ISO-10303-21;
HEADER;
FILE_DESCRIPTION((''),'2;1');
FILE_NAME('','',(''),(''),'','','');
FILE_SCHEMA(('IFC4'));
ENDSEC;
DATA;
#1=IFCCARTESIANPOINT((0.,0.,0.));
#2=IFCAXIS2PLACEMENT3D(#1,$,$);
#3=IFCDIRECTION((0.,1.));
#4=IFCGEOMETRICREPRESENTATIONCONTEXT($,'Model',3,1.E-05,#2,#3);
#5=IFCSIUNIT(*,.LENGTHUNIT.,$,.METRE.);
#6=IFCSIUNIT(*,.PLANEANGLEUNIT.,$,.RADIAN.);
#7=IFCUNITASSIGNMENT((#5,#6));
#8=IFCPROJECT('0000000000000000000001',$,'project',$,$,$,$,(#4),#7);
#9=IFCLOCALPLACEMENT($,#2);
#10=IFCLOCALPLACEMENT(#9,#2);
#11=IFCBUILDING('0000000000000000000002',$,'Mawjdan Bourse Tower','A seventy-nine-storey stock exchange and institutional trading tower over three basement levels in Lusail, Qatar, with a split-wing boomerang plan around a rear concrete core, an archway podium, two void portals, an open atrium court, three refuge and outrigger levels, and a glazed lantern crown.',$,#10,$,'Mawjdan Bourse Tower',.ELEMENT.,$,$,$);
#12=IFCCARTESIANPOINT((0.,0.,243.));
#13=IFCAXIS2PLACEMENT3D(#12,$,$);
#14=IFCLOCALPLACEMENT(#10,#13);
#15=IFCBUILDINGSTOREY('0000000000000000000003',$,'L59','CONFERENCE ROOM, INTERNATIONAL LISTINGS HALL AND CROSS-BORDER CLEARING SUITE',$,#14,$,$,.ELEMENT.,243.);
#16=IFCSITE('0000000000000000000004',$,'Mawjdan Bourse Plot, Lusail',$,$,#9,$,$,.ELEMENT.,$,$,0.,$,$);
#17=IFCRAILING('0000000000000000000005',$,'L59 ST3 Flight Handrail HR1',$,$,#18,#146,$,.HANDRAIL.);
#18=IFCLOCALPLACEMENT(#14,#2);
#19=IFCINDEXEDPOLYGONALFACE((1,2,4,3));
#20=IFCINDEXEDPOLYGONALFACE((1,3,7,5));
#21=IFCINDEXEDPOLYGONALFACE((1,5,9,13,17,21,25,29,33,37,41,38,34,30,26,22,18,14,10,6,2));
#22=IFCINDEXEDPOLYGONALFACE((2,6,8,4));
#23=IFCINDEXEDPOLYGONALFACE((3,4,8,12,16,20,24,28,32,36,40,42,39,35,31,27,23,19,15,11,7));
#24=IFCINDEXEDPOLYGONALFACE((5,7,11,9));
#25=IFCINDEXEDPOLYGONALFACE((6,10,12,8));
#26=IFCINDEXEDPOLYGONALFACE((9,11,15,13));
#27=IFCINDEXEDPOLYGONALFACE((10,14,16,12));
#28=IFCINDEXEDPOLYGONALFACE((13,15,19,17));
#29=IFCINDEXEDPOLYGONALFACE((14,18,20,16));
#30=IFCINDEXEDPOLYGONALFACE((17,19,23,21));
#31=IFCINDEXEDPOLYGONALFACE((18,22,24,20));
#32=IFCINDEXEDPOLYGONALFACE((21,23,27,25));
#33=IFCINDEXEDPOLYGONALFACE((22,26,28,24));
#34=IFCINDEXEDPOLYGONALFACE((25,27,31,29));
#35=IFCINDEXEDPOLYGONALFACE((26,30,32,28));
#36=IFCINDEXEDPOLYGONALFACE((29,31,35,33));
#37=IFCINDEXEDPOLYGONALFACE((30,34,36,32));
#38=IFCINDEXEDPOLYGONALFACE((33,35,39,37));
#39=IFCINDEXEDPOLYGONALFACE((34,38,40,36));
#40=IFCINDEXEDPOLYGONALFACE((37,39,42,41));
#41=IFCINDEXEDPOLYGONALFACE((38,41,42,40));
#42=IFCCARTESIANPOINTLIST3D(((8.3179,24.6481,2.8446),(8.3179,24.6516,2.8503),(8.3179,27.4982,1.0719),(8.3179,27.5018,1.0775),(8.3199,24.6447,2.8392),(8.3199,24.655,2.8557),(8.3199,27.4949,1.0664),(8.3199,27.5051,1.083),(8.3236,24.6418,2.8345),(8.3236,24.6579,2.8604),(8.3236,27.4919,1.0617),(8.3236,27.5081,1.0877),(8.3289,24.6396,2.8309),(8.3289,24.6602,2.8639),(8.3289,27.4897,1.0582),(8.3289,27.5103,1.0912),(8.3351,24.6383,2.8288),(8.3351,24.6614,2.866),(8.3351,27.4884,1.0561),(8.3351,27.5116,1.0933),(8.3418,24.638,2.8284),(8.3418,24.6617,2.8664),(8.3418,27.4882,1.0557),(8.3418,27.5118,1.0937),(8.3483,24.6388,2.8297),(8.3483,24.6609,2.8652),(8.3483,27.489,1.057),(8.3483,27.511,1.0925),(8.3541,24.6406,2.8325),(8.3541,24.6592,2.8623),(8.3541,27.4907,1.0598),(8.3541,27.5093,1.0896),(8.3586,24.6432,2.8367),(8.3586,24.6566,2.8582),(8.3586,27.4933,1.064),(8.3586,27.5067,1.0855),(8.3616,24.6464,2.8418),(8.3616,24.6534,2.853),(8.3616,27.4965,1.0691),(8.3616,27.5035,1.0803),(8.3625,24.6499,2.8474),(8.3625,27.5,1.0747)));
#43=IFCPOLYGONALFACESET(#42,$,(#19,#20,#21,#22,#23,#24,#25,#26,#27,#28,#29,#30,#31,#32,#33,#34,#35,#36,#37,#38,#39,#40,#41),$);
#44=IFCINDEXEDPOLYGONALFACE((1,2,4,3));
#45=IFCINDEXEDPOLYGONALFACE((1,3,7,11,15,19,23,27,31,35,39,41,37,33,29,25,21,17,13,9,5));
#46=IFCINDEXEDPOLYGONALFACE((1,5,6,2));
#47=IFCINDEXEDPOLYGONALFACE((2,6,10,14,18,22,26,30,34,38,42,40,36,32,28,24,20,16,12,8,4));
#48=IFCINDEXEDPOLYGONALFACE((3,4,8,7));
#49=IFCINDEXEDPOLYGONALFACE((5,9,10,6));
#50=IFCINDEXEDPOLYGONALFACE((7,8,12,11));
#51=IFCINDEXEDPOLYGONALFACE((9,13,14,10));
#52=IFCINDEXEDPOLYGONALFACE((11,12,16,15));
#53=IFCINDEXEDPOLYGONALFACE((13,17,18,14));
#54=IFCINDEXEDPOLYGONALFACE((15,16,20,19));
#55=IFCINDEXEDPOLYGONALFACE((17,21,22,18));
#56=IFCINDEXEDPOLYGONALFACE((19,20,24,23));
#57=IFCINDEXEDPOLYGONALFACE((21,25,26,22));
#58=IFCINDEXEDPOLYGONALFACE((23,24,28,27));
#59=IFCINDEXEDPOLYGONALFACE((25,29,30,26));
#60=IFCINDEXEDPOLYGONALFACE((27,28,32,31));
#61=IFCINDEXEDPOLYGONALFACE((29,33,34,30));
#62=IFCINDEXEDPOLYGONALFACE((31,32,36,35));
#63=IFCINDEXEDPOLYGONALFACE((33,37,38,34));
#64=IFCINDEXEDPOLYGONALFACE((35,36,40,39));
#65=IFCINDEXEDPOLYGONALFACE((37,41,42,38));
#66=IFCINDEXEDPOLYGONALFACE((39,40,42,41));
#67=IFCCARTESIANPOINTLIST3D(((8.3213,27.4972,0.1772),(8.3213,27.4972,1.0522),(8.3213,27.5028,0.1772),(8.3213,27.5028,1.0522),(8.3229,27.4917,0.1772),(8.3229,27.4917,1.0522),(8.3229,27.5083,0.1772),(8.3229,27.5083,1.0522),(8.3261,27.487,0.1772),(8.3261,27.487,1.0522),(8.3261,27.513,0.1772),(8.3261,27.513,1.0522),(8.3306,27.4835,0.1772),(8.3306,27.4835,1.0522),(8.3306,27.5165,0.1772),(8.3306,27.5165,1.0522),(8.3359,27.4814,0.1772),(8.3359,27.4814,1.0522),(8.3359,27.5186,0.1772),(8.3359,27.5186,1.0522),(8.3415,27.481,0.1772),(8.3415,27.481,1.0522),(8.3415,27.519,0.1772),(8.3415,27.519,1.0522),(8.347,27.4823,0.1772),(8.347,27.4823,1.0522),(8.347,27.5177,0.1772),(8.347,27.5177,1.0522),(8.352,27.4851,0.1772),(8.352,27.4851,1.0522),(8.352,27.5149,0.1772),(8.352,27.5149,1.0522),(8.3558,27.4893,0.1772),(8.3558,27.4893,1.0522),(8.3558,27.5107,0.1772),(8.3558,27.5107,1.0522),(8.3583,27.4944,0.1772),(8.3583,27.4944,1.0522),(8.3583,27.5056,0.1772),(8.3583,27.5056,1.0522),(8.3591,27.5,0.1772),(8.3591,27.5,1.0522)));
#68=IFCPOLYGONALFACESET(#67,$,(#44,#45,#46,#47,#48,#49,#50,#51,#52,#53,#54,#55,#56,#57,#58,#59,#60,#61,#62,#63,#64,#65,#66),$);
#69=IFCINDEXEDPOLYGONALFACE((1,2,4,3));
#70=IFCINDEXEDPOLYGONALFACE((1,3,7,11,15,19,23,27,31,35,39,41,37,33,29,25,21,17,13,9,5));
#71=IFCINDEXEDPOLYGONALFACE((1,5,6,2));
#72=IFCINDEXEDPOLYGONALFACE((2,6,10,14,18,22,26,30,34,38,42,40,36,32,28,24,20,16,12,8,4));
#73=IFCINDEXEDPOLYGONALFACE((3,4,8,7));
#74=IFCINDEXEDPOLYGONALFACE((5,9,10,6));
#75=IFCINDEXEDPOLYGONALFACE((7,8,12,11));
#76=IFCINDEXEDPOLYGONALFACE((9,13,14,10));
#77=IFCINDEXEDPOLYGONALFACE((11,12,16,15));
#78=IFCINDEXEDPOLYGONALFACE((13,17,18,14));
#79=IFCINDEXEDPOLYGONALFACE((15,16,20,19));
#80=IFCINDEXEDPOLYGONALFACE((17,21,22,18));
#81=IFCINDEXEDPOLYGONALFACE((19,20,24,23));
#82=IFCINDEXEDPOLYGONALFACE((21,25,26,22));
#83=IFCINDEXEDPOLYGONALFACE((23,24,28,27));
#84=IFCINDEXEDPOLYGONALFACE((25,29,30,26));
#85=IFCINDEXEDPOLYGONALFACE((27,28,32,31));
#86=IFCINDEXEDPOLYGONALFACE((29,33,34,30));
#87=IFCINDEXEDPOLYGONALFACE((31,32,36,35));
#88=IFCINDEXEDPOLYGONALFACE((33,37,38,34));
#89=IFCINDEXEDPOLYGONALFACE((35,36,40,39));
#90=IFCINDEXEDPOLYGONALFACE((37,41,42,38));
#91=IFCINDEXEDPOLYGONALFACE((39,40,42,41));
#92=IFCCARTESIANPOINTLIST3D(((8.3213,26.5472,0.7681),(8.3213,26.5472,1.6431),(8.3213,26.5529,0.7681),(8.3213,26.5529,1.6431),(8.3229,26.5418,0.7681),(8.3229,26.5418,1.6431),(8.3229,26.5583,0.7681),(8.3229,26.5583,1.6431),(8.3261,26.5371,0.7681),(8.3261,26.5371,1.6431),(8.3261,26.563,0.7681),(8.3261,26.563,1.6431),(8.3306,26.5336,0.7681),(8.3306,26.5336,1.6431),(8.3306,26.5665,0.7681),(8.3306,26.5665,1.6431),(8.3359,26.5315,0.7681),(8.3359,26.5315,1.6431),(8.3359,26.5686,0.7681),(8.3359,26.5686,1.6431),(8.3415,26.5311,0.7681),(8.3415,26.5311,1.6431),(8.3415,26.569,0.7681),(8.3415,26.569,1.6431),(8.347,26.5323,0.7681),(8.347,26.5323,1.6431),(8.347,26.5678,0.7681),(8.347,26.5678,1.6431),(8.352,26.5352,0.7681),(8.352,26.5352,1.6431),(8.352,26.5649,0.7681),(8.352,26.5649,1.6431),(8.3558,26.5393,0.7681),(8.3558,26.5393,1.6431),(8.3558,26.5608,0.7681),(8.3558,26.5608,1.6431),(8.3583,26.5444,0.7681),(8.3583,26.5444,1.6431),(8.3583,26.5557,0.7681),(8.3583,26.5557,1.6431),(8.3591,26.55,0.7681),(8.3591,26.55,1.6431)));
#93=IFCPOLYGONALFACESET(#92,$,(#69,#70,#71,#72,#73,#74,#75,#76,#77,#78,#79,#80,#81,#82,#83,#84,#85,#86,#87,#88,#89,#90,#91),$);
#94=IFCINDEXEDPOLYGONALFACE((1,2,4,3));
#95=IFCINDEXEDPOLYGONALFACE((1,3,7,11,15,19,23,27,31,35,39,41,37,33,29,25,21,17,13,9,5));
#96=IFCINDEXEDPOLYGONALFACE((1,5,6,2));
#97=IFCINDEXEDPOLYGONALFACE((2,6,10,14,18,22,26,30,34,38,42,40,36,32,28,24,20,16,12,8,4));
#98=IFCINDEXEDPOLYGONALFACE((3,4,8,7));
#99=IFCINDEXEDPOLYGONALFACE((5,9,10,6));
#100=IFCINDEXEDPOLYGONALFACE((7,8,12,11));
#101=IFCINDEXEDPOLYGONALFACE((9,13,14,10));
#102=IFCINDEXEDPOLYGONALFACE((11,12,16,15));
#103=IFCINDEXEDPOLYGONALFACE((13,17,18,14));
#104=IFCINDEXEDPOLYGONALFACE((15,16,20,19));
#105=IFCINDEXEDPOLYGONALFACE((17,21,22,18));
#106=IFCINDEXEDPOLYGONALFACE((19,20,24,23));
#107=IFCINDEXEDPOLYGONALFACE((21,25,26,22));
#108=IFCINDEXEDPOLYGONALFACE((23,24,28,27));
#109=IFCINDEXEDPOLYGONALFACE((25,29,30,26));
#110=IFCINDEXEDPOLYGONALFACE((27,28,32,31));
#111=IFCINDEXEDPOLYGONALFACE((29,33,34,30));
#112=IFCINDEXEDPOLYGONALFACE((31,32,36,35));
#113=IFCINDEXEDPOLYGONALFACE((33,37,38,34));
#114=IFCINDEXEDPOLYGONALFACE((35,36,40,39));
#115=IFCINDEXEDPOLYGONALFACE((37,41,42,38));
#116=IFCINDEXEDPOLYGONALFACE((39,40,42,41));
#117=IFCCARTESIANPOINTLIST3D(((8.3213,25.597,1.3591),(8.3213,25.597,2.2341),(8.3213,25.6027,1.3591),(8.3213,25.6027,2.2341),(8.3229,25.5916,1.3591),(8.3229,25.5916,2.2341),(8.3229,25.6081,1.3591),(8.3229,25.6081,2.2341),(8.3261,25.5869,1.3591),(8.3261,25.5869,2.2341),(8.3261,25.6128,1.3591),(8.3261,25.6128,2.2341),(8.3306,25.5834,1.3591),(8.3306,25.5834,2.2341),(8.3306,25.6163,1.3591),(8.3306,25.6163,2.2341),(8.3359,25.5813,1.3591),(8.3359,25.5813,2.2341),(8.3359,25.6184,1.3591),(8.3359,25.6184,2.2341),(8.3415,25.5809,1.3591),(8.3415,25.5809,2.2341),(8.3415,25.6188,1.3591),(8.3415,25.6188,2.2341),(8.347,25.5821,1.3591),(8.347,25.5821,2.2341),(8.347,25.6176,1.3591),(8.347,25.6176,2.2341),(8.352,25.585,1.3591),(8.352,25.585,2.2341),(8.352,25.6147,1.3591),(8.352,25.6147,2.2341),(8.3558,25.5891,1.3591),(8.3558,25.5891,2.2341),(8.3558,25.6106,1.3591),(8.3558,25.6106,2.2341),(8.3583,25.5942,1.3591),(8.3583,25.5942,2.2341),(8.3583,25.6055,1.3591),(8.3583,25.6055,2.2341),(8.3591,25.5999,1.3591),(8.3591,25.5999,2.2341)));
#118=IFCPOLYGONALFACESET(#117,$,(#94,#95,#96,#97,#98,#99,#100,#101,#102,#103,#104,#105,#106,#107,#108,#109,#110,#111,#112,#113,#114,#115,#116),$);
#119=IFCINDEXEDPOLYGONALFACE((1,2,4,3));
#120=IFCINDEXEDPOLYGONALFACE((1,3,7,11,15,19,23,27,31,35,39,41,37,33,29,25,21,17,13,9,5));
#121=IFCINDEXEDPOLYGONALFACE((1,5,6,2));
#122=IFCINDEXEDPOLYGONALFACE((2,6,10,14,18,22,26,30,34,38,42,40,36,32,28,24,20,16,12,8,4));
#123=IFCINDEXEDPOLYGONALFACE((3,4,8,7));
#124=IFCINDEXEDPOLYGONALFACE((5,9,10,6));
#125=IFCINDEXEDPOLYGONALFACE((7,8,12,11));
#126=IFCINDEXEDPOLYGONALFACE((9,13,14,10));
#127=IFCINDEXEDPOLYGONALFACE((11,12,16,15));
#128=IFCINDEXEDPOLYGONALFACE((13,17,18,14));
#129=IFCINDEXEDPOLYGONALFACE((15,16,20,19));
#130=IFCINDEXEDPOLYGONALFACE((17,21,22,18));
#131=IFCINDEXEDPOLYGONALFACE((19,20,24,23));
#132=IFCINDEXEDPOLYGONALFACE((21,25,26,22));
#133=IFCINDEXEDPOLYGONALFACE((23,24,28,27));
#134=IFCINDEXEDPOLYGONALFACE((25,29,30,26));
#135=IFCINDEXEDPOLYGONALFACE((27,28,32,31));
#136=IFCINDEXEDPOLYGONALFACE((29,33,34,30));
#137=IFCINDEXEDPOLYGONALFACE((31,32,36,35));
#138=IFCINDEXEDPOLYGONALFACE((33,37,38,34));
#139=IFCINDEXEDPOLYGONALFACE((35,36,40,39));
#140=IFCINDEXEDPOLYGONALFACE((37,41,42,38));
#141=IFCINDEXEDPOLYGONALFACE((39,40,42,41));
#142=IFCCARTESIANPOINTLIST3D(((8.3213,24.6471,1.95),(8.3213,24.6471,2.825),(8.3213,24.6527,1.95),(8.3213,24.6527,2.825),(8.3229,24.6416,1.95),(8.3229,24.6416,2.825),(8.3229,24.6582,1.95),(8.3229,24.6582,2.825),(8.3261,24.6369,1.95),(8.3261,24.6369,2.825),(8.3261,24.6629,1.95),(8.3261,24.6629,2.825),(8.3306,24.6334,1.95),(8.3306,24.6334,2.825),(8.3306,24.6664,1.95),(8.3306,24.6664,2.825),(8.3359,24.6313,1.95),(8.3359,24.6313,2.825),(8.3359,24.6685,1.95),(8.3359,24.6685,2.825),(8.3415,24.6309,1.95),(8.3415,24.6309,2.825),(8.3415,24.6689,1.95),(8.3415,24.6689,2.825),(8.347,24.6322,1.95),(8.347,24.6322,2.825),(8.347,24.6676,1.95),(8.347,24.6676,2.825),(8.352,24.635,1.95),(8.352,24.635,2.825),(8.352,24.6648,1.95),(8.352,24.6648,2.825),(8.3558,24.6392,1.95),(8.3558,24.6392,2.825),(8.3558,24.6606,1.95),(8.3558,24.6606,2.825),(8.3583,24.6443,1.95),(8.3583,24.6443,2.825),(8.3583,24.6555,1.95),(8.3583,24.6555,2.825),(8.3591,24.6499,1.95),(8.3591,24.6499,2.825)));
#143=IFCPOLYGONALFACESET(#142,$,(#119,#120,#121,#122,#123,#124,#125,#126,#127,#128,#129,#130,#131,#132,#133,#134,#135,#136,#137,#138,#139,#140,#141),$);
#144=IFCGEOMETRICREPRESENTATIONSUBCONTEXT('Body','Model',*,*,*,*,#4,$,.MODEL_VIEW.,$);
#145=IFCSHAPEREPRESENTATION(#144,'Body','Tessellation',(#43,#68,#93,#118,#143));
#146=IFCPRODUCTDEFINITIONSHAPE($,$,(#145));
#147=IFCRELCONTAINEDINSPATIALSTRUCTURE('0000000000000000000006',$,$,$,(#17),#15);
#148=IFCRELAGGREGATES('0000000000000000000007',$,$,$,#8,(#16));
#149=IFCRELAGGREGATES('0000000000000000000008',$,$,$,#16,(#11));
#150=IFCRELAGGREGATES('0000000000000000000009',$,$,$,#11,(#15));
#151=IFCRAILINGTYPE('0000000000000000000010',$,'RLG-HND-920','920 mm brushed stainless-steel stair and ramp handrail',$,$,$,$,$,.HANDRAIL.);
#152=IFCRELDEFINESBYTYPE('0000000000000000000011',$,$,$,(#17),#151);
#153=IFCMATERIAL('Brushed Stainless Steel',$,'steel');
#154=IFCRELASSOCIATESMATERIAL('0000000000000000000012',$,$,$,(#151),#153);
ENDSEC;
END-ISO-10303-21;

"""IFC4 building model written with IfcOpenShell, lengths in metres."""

from ifc_helpers import new_model, si_unit, direction, frame, origin, origin_2d, place, context, subcontext, project, spatial, circle, extrude, material, type_object, element, save


model = new_model("IFC4")

# Units and contexts
model_context = context("Model", 3, precision=1e-05, world=origin(), true_north=direction((0.0, 1.0)))
body_context = subcontext(model_context, "Body", "Model", "MODEL_VIEW")
ifc_project = project(units=[si_unit("LENGTHUNIT", "METRE"), si_unit("PLANEANGLEUNIT", "RADIAN")], contexts=[model_context])

# Site, building, storey
site_placement = place(None, origin())
site = spatial("IfcSite", under=ifc_project, at=site_placement, Name="Mawjdan Bourse Plot, Lusail", CompositionType="ELEMENT", RefElevation=0.0)
building_placement = place(site_placement, origin())
building = spatial("IfcBuilding", under=site, at=building_placement, Name="Mawjdan Bourse Tower", Description="A seventy-nine-storey stock exchange and institutional trading tower over three basement levels in Lusail, Qatar, with a split-wing boomerang plan around a rear concrete core, an archway podium, two void portals, an open atrium court, three refuge and outrigger levels, and a glazed lantern crown.", LongName="Mawjdan Bourse Tower", CompositionType="ELEMENT")
storey_placement = place(building_placement, frame((0.0, 0.0, 243.0)))
storey = spatial("IfcBuildingStorey", under=building, at=storey_placement, Name="L59", Description="CONFERENCE ROOM, INTERNATIONAL LISTINGS HALL AND CROSS-BORDER CLEARING SUITE", CompositionType="ELEMENT", Elevation=243.0)

# Railing
ifc_material_1 = material(Name="Brushed Stainless Steel", Category="steel")
railing_type_1 = type_object("IfcRailingType", Name="RLG-HND-920", Description="920 mm brushed stainless-steel stair and ramp handrail", PredefinedType="HANDRAIL", material=ifc_material_1)
railing_1_placement = place(storey_placement, frame((8.3401, 27.5, 0.1772)))
element("IfcRailing", 1, at=railing_1_placement, inside=storey, type_object=railing_type_1, Name="L59 ST3 Flight Handrail HR1", PredefinedType="HANDRAIL", context=body_context, shape_type="SweptSolid", body=[
    extrude(circle(Radius=0.0225, at=origin_2d()), frame((0.0, 0.0, 0.8975), z_axis=(0.0, -0.849149, 0.528154), x_axis=(1.0, 0.0, 0.0)), (0.0, 0.0, 1.0), 3.3564),
    extrude(circle(Radius=0.019, at=origin_2d()), origin(), (0.0, 0.0, 1.0), 0.875),
    extrude(circle(Radius=0.019, at=origin_2d()), frame((0.0, -0.95, 0.5908)), (0.0, 0.0, 1.0), 0.875),
    extrude(circle(Radius=0.019, at=origin_2d()), frame((0.0, -1.9001, 1.1819)), (0.0, 0.0, 1.0), 0.875),
    extrude(circle(Radius=0.019, at=origin_2d()), frame((0.0, -2.8501, 1.7727)), (0.0, 0.0, 1.0), 0.875),
])

save(model, "model.ifc")
